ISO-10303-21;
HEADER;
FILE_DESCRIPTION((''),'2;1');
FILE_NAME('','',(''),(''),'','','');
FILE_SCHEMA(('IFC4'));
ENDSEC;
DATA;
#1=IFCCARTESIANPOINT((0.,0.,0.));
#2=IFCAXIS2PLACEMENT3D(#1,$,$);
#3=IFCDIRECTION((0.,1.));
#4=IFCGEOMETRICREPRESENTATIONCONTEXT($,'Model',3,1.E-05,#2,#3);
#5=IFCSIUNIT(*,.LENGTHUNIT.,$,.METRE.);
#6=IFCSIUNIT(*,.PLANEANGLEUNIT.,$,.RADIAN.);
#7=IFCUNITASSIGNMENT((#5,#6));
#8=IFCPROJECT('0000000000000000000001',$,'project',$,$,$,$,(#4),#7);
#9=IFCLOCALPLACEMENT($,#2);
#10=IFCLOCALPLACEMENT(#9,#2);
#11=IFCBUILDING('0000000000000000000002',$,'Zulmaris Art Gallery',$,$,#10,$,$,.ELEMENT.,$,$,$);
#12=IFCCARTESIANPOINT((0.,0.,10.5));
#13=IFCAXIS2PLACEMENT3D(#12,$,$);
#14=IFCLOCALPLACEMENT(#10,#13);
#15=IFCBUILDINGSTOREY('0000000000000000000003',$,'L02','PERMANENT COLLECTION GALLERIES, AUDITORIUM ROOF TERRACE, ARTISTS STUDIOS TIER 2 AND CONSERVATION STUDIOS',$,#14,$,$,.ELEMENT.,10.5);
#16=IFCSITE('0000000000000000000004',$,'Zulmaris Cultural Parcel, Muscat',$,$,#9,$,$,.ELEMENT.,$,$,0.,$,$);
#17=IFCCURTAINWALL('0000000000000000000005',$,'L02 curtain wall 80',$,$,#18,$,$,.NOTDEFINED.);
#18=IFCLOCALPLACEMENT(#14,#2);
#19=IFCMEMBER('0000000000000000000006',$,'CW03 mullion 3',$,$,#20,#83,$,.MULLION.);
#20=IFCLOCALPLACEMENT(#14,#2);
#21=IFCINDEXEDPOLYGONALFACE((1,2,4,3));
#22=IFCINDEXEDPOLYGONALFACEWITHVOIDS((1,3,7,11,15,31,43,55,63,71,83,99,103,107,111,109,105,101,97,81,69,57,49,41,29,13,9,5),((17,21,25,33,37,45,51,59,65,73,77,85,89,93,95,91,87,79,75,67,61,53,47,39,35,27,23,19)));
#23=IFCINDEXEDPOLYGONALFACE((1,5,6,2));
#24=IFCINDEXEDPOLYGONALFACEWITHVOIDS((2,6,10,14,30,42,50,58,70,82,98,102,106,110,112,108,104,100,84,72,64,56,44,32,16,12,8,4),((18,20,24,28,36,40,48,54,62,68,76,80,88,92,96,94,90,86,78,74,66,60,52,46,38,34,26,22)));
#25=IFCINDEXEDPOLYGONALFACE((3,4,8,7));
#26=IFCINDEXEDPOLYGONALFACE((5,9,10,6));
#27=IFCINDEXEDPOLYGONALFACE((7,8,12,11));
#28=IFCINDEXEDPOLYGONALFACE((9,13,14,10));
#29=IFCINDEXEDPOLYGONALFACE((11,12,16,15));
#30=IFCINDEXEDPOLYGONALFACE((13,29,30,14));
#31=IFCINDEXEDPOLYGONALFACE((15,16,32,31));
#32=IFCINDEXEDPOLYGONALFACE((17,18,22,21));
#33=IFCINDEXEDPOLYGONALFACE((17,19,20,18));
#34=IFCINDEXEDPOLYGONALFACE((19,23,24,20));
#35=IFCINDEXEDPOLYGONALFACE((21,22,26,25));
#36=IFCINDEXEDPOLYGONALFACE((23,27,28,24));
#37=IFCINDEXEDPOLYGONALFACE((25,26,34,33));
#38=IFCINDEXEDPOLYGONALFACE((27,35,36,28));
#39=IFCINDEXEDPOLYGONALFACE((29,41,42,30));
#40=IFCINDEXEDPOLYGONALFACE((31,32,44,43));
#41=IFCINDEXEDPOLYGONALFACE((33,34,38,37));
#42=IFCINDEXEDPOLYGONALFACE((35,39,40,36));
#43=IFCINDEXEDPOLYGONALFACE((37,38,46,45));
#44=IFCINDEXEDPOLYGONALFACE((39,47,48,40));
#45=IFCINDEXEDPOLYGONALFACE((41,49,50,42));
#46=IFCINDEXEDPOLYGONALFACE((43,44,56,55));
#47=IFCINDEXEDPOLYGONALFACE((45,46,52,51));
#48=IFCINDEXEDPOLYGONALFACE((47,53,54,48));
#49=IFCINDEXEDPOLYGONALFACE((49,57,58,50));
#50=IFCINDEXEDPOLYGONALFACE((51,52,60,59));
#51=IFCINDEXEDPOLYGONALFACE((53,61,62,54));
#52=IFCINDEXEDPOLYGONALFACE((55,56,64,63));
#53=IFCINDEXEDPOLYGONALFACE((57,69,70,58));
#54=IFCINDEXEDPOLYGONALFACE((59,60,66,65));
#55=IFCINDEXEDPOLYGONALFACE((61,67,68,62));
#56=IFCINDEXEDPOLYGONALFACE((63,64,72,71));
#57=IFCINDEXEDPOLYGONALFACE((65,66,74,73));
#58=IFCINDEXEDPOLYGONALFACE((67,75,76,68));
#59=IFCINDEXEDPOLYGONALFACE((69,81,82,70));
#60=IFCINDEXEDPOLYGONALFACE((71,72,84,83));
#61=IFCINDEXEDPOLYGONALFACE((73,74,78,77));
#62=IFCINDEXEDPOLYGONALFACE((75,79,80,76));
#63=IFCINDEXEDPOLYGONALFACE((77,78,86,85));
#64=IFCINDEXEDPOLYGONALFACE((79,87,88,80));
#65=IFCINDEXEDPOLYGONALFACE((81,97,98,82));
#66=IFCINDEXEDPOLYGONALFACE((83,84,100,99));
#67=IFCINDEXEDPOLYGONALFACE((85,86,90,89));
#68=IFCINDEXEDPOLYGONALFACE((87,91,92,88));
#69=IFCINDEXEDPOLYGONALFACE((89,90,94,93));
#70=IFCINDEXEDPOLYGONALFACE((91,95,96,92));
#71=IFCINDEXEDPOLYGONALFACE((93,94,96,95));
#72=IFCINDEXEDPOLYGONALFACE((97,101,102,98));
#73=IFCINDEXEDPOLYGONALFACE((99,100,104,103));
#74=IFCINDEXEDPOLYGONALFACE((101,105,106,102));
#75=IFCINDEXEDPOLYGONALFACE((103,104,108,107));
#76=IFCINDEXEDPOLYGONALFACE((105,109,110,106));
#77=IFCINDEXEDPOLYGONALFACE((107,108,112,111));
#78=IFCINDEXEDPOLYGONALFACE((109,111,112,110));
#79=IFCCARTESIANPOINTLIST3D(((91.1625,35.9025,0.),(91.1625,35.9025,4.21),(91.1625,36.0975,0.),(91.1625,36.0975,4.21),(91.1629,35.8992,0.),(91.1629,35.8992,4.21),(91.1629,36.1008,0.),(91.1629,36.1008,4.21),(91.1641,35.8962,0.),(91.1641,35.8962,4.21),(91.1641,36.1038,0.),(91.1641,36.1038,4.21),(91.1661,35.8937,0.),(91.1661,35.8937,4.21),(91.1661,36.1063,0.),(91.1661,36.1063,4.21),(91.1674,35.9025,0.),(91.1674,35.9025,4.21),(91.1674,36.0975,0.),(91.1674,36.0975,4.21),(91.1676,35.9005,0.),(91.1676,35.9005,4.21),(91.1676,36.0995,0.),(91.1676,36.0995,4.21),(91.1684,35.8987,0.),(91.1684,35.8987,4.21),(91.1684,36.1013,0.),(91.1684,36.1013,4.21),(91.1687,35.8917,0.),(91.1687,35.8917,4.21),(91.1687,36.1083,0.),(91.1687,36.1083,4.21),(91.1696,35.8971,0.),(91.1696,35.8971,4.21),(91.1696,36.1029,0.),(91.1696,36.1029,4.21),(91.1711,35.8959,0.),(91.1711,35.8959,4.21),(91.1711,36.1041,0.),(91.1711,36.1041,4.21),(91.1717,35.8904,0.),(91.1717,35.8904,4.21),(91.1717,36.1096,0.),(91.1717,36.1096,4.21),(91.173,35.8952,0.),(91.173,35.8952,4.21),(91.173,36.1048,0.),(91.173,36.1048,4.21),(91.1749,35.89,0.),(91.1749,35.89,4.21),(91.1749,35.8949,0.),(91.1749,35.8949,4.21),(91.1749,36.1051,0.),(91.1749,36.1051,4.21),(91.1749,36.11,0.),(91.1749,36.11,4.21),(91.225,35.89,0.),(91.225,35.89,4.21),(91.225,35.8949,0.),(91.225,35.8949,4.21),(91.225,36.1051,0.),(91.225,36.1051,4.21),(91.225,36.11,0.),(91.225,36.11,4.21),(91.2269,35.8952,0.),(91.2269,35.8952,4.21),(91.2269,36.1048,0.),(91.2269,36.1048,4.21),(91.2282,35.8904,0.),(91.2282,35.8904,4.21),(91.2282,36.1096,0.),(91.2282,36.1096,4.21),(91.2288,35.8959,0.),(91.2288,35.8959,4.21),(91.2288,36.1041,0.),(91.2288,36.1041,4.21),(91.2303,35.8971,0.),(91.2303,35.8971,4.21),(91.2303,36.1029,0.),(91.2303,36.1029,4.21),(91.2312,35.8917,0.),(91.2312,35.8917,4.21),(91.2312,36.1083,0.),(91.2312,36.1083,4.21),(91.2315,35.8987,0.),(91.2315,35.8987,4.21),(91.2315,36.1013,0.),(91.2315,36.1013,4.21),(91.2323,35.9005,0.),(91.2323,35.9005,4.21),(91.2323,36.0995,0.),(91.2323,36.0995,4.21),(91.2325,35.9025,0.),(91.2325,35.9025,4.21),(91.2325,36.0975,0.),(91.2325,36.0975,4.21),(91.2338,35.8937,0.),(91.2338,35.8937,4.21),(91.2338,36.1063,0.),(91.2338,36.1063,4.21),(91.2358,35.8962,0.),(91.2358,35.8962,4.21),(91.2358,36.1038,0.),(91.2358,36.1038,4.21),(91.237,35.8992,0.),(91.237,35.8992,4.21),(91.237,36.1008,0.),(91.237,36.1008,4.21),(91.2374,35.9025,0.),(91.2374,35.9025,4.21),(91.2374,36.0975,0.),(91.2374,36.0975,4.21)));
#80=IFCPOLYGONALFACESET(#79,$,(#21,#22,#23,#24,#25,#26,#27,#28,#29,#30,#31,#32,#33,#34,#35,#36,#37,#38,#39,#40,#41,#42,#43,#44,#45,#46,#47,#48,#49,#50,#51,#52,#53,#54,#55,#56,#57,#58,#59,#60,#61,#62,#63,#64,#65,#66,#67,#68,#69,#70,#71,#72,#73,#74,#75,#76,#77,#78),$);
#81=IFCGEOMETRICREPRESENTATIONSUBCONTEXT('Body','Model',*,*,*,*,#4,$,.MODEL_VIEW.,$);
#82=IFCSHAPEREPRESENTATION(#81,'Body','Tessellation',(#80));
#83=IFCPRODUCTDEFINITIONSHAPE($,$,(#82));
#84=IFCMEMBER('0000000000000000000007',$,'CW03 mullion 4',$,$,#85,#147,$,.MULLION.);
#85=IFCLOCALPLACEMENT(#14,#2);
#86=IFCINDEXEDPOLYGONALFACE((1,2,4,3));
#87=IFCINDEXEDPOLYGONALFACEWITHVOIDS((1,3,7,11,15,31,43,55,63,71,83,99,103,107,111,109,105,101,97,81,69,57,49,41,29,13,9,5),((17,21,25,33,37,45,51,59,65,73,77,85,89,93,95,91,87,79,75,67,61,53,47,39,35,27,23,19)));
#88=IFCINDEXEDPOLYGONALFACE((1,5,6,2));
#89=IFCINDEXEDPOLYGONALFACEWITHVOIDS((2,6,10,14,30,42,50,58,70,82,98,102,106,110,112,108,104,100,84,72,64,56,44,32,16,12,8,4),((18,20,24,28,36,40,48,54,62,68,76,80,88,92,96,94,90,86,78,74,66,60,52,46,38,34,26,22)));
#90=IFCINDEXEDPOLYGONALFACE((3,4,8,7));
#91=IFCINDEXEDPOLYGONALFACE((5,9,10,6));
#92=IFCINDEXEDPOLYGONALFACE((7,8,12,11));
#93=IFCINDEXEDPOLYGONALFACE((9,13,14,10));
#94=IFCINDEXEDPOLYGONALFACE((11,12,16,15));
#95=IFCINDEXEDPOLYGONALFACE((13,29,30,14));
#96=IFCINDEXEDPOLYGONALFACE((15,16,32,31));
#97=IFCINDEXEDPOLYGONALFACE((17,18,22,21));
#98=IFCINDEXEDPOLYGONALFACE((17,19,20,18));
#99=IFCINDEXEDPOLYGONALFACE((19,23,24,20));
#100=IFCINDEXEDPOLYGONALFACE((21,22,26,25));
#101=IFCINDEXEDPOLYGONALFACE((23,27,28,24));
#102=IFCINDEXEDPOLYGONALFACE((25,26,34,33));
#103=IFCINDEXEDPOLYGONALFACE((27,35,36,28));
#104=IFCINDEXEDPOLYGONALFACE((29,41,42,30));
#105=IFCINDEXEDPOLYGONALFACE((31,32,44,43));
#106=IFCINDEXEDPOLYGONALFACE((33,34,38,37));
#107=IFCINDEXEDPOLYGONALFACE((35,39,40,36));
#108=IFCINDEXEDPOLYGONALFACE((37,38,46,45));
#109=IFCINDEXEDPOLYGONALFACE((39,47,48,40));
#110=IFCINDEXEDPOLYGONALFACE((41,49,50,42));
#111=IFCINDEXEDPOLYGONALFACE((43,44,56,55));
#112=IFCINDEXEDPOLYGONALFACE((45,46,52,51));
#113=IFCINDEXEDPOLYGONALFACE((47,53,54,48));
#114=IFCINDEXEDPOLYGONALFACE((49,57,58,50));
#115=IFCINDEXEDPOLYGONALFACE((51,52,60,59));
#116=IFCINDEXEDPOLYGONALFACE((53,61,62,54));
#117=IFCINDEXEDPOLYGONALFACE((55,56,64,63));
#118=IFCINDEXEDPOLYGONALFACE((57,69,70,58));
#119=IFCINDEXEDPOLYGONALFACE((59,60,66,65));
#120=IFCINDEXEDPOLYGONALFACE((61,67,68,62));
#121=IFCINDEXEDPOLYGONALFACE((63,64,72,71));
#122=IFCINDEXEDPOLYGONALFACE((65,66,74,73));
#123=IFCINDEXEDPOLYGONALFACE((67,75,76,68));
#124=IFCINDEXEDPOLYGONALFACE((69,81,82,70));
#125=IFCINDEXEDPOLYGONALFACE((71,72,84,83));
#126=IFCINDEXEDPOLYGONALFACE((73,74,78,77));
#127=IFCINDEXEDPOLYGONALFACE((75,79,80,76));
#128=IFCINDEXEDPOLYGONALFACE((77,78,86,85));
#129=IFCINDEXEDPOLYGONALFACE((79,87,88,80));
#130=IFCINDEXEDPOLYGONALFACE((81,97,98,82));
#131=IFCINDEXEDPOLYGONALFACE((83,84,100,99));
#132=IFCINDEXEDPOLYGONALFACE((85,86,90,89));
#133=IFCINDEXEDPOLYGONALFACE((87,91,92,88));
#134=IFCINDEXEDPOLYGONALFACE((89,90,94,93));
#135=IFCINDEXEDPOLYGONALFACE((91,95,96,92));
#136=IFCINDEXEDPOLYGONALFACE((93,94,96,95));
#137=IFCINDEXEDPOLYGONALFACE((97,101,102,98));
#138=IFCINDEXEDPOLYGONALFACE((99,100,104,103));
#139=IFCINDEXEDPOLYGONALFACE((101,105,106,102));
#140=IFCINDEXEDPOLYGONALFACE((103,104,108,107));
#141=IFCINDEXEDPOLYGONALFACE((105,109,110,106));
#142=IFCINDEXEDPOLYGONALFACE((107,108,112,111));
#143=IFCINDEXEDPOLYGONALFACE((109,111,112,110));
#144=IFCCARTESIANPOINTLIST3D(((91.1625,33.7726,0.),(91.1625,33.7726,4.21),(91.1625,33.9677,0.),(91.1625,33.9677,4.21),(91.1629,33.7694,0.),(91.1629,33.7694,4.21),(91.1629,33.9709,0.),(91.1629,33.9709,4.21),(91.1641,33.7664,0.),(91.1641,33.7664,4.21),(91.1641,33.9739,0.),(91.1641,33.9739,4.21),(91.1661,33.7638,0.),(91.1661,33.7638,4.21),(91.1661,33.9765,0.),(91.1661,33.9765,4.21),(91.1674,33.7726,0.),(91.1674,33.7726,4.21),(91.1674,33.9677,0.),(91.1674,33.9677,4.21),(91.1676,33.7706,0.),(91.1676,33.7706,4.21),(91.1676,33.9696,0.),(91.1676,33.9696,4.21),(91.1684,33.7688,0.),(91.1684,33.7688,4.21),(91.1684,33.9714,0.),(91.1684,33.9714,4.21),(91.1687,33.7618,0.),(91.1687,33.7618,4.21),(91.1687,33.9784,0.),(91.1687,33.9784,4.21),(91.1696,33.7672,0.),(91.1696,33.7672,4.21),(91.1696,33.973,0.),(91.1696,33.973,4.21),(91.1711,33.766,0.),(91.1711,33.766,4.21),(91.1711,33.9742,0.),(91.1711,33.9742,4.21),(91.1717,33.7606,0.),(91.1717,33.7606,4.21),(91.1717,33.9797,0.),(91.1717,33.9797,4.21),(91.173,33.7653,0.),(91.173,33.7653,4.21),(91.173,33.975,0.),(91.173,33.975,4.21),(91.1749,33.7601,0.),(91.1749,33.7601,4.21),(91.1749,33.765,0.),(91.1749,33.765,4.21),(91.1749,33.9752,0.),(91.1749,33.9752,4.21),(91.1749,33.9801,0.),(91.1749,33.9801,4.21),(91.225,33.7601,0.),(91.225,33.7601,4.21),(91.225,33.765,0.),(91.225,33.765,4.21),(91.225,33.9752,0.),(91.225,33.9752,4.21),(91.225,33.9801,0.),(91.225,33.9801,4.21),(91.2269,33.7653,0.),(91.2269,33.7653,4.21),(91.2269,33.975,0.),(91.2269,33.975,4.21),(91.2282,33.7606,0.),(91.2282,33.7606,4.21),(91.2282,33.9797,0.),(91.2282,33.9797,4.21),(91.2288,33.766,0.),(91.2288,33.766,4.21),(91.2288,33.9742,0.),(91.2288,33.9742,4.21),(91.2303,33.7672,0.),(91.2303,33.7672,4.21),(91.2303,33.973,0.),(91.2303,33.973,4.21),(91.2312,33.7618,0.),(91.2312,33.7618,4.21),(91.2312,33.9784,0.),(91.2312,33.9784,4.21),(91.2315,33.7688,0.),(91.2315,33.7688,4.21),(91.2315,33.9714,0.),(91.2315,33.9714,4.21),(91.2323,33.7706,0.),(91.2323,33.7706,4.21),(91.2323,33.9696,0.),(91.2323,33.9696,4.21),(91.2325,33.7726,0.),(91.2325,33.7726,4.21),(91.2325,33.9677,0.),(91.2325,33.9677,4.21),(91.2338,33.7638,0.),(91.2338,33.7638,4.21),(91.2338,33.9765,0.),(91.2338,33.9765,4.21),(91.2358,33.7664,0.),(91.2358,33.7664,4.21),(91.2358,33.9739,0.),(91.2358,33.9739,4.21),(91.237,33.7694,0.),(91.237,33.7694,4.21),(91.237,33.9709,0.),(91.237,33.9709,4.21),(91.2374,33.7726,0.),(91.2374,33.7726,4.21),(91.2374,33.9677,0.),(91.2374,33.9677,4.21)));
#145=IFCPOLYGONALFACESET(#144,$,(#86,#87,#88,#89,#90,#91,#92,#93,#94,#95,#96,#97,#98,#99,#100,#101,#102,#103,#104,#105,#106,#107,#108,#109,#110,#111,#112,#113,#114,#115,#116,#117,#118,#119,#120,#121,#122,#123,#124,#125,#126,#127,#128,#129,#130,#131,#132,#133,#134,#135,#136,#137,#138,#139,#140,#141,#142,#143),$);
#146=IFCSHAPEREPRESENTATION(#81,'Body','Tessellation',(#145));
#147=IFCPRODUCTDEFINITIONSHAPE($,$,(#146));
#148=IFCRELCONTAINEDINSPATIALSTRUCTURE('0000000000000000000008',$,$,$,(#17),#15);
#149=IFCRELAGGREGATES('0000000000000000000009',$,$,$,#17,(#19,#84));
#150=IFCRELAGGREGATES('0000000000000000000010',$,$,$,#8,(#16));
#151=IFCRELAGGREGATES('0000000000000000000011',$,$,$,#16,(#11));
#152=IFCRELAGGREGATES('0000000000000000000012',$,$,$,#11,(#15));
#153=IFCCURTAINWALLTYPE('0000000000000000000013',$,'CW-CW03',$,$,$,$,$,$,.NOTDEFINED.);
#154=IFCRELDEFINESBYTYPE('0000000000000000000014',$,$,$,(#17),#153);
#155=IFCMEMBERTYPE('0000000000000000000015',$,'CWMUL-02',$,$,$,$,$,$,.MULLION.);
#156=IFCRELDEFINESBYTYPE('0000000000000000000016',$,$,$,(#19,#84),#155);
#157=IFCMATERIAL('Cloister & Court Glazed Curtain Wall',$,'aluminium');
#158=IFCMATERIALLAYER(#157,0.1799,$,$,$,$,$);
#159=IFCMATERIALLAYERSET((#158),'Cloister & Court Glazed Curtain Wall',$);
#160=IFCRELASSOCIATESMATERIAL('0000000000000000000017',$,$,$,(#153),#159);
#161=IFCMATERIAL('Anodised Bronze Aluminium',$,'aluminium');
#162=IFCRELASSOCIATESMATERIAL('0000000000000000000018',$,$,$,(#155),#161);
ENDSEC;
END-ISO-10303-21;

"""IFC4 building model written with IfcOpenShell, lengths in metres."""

from ifc_helpers import new_model, si_unit, direction, frame, origin, origin_2d, place, context, subcontext, project, spatial, hollow_rectangle, extrude, material, layer, layer_set, material_profile, profile_set, type_object, element, aggregate, save


model = new_model("IFC4")

# Units and contexts
model_context = context("Model", 3, precision=1e-05, world=origin(), true_north=direction((0.0, 1.0)))
body_context = subcontext(model_context, "Body", "Model", "MODEL_VIEW")
ifc_project = project(units=[si_unit("LENGTHUNIT", "METRE"), si_unit("PLANEANGLEUNIT", "RADIAN")], contexts=[model_context])

# Site, building, storey
site_placement = place(None, origin())
site = spatial("IfcSite", under=ifc_project, at=site_placement, Name="Zulmaris Cultural Parcel, Muscat", CompositionType="ELEMENT", RefElevation=0.0)
building_placement = place(site_placement, origin())
building = spatial("IfcBuilding", under=site, at=building_placement, Name="Zulmaris Art Gallery", CompositionType="ELEMENT")
storey_placement = place(building_placement, frame((0.0, 0.0, 10.5)))
storey = spatial("IfcBuildingStorey", under=building, at=storey_placement, Name="L02", Description="PERMANENT COLLECTION GALLERIES, AUDITORIUM ROOF TERRACE, ARTISTS STUDIOS TIER 2 AND CONSERVATION STUDIOS", CompositionType="ELEMENT", Elevation=10.5)

# Curtain wall, members
ifc_material_1 = material(Name="Cloister & Court Glazed Curtain Wall", Category="aluminium")
ifc_layer_1 = layer(ifc_material_1, 0.1799)
ifc_layer_set_1 = layer_set([ifc_layer_1], Name="Cloister & Court Glazed Curtain Wall")
curtain_wall_type = type_object("IfcCurtainWallType", Name="CW-CW03", PredefinedType="NOTDEFINED", material=ifc_layer_set_1)
ifc_material_2 = material(Name="Anodised Bronze Aluminium", Category="aluminium")
ifc_material_profile_1 = material_profile(ifc_material_2, hollow_rectangle(XDim=0.075, YDim=0.22, WallThickness=0.0049, InnerFilletRadius=0.0076, OuterFilletRadius=0.0125, at=origin_2d()), Name="ALU 75x220x5")
ifc_profile_set_1 = profile_set([ifc_material_profile_1], Name="Anodised Bronze Aluminium")
member_type_1 = type_object("IfcMemberType", Name="CWMUL-02", PredefinedType="MULLION", material=ifc_profile_set_1)
curtain_wall_1_placement = place(storey_placement, origin())
curtain_wall_1 = element("IfcCurtainWall", 1, at=curtain_wall_1_placement, inside=storey, type_object=curtain_wall_type, Name="L02 curtain wall 80", PredefinedType="NOTDEFINED")
member_1_placement = place(storey_placement, frame((91.2, 36.0, 0.0), z_axis=(0.0, 0.0, 1.0), x_axis=(1.0, 0.0, 0.0)))
member_1 = element("IfcMember", 2, at=member_1_placement, type_object=member_type_1, Name="CW03 mullion 3", PredefinedType="MULLION", context=body_context, shape_type="SweptSolid", body=[
    extrude(hollow_rectangle(XDim=0.075, YDim=0.22, WallThickness=0.0049, InnerFilletRadius=0.0076, OuterFilletRadius=0.0125, at=origin_2d()), origin(), (0.0, 0.0, 1.0), 4.21),
])
member_2_placement = place(storey_placement, frame((91.2, 33.8701, 0.0), z_axis=(0.0, 0.0, 1.0), x_axis=(1.0, 0.0, 0.0)))
member_2 = element("IfcMember", 3, at=member_2_placement, type_object=member_type_1, Name="CW03 mullion 4", PredefinedType="MULLION", context=body_context, shape_type="SweptSolid", body=[
    extrude(hollow_rectangle(XDim=0.075, YDim=0.22, WallThickness=0.0049, InnerFilletRadius=0.0076, OuterFilletRadius=0.0125, at=origin_2d()), origin(), (0.0, 0.0, 1.0), 4.21),
])

aggregate(curtain_wall_1, [member_1, member_2])

save(model, "model.ifc")
